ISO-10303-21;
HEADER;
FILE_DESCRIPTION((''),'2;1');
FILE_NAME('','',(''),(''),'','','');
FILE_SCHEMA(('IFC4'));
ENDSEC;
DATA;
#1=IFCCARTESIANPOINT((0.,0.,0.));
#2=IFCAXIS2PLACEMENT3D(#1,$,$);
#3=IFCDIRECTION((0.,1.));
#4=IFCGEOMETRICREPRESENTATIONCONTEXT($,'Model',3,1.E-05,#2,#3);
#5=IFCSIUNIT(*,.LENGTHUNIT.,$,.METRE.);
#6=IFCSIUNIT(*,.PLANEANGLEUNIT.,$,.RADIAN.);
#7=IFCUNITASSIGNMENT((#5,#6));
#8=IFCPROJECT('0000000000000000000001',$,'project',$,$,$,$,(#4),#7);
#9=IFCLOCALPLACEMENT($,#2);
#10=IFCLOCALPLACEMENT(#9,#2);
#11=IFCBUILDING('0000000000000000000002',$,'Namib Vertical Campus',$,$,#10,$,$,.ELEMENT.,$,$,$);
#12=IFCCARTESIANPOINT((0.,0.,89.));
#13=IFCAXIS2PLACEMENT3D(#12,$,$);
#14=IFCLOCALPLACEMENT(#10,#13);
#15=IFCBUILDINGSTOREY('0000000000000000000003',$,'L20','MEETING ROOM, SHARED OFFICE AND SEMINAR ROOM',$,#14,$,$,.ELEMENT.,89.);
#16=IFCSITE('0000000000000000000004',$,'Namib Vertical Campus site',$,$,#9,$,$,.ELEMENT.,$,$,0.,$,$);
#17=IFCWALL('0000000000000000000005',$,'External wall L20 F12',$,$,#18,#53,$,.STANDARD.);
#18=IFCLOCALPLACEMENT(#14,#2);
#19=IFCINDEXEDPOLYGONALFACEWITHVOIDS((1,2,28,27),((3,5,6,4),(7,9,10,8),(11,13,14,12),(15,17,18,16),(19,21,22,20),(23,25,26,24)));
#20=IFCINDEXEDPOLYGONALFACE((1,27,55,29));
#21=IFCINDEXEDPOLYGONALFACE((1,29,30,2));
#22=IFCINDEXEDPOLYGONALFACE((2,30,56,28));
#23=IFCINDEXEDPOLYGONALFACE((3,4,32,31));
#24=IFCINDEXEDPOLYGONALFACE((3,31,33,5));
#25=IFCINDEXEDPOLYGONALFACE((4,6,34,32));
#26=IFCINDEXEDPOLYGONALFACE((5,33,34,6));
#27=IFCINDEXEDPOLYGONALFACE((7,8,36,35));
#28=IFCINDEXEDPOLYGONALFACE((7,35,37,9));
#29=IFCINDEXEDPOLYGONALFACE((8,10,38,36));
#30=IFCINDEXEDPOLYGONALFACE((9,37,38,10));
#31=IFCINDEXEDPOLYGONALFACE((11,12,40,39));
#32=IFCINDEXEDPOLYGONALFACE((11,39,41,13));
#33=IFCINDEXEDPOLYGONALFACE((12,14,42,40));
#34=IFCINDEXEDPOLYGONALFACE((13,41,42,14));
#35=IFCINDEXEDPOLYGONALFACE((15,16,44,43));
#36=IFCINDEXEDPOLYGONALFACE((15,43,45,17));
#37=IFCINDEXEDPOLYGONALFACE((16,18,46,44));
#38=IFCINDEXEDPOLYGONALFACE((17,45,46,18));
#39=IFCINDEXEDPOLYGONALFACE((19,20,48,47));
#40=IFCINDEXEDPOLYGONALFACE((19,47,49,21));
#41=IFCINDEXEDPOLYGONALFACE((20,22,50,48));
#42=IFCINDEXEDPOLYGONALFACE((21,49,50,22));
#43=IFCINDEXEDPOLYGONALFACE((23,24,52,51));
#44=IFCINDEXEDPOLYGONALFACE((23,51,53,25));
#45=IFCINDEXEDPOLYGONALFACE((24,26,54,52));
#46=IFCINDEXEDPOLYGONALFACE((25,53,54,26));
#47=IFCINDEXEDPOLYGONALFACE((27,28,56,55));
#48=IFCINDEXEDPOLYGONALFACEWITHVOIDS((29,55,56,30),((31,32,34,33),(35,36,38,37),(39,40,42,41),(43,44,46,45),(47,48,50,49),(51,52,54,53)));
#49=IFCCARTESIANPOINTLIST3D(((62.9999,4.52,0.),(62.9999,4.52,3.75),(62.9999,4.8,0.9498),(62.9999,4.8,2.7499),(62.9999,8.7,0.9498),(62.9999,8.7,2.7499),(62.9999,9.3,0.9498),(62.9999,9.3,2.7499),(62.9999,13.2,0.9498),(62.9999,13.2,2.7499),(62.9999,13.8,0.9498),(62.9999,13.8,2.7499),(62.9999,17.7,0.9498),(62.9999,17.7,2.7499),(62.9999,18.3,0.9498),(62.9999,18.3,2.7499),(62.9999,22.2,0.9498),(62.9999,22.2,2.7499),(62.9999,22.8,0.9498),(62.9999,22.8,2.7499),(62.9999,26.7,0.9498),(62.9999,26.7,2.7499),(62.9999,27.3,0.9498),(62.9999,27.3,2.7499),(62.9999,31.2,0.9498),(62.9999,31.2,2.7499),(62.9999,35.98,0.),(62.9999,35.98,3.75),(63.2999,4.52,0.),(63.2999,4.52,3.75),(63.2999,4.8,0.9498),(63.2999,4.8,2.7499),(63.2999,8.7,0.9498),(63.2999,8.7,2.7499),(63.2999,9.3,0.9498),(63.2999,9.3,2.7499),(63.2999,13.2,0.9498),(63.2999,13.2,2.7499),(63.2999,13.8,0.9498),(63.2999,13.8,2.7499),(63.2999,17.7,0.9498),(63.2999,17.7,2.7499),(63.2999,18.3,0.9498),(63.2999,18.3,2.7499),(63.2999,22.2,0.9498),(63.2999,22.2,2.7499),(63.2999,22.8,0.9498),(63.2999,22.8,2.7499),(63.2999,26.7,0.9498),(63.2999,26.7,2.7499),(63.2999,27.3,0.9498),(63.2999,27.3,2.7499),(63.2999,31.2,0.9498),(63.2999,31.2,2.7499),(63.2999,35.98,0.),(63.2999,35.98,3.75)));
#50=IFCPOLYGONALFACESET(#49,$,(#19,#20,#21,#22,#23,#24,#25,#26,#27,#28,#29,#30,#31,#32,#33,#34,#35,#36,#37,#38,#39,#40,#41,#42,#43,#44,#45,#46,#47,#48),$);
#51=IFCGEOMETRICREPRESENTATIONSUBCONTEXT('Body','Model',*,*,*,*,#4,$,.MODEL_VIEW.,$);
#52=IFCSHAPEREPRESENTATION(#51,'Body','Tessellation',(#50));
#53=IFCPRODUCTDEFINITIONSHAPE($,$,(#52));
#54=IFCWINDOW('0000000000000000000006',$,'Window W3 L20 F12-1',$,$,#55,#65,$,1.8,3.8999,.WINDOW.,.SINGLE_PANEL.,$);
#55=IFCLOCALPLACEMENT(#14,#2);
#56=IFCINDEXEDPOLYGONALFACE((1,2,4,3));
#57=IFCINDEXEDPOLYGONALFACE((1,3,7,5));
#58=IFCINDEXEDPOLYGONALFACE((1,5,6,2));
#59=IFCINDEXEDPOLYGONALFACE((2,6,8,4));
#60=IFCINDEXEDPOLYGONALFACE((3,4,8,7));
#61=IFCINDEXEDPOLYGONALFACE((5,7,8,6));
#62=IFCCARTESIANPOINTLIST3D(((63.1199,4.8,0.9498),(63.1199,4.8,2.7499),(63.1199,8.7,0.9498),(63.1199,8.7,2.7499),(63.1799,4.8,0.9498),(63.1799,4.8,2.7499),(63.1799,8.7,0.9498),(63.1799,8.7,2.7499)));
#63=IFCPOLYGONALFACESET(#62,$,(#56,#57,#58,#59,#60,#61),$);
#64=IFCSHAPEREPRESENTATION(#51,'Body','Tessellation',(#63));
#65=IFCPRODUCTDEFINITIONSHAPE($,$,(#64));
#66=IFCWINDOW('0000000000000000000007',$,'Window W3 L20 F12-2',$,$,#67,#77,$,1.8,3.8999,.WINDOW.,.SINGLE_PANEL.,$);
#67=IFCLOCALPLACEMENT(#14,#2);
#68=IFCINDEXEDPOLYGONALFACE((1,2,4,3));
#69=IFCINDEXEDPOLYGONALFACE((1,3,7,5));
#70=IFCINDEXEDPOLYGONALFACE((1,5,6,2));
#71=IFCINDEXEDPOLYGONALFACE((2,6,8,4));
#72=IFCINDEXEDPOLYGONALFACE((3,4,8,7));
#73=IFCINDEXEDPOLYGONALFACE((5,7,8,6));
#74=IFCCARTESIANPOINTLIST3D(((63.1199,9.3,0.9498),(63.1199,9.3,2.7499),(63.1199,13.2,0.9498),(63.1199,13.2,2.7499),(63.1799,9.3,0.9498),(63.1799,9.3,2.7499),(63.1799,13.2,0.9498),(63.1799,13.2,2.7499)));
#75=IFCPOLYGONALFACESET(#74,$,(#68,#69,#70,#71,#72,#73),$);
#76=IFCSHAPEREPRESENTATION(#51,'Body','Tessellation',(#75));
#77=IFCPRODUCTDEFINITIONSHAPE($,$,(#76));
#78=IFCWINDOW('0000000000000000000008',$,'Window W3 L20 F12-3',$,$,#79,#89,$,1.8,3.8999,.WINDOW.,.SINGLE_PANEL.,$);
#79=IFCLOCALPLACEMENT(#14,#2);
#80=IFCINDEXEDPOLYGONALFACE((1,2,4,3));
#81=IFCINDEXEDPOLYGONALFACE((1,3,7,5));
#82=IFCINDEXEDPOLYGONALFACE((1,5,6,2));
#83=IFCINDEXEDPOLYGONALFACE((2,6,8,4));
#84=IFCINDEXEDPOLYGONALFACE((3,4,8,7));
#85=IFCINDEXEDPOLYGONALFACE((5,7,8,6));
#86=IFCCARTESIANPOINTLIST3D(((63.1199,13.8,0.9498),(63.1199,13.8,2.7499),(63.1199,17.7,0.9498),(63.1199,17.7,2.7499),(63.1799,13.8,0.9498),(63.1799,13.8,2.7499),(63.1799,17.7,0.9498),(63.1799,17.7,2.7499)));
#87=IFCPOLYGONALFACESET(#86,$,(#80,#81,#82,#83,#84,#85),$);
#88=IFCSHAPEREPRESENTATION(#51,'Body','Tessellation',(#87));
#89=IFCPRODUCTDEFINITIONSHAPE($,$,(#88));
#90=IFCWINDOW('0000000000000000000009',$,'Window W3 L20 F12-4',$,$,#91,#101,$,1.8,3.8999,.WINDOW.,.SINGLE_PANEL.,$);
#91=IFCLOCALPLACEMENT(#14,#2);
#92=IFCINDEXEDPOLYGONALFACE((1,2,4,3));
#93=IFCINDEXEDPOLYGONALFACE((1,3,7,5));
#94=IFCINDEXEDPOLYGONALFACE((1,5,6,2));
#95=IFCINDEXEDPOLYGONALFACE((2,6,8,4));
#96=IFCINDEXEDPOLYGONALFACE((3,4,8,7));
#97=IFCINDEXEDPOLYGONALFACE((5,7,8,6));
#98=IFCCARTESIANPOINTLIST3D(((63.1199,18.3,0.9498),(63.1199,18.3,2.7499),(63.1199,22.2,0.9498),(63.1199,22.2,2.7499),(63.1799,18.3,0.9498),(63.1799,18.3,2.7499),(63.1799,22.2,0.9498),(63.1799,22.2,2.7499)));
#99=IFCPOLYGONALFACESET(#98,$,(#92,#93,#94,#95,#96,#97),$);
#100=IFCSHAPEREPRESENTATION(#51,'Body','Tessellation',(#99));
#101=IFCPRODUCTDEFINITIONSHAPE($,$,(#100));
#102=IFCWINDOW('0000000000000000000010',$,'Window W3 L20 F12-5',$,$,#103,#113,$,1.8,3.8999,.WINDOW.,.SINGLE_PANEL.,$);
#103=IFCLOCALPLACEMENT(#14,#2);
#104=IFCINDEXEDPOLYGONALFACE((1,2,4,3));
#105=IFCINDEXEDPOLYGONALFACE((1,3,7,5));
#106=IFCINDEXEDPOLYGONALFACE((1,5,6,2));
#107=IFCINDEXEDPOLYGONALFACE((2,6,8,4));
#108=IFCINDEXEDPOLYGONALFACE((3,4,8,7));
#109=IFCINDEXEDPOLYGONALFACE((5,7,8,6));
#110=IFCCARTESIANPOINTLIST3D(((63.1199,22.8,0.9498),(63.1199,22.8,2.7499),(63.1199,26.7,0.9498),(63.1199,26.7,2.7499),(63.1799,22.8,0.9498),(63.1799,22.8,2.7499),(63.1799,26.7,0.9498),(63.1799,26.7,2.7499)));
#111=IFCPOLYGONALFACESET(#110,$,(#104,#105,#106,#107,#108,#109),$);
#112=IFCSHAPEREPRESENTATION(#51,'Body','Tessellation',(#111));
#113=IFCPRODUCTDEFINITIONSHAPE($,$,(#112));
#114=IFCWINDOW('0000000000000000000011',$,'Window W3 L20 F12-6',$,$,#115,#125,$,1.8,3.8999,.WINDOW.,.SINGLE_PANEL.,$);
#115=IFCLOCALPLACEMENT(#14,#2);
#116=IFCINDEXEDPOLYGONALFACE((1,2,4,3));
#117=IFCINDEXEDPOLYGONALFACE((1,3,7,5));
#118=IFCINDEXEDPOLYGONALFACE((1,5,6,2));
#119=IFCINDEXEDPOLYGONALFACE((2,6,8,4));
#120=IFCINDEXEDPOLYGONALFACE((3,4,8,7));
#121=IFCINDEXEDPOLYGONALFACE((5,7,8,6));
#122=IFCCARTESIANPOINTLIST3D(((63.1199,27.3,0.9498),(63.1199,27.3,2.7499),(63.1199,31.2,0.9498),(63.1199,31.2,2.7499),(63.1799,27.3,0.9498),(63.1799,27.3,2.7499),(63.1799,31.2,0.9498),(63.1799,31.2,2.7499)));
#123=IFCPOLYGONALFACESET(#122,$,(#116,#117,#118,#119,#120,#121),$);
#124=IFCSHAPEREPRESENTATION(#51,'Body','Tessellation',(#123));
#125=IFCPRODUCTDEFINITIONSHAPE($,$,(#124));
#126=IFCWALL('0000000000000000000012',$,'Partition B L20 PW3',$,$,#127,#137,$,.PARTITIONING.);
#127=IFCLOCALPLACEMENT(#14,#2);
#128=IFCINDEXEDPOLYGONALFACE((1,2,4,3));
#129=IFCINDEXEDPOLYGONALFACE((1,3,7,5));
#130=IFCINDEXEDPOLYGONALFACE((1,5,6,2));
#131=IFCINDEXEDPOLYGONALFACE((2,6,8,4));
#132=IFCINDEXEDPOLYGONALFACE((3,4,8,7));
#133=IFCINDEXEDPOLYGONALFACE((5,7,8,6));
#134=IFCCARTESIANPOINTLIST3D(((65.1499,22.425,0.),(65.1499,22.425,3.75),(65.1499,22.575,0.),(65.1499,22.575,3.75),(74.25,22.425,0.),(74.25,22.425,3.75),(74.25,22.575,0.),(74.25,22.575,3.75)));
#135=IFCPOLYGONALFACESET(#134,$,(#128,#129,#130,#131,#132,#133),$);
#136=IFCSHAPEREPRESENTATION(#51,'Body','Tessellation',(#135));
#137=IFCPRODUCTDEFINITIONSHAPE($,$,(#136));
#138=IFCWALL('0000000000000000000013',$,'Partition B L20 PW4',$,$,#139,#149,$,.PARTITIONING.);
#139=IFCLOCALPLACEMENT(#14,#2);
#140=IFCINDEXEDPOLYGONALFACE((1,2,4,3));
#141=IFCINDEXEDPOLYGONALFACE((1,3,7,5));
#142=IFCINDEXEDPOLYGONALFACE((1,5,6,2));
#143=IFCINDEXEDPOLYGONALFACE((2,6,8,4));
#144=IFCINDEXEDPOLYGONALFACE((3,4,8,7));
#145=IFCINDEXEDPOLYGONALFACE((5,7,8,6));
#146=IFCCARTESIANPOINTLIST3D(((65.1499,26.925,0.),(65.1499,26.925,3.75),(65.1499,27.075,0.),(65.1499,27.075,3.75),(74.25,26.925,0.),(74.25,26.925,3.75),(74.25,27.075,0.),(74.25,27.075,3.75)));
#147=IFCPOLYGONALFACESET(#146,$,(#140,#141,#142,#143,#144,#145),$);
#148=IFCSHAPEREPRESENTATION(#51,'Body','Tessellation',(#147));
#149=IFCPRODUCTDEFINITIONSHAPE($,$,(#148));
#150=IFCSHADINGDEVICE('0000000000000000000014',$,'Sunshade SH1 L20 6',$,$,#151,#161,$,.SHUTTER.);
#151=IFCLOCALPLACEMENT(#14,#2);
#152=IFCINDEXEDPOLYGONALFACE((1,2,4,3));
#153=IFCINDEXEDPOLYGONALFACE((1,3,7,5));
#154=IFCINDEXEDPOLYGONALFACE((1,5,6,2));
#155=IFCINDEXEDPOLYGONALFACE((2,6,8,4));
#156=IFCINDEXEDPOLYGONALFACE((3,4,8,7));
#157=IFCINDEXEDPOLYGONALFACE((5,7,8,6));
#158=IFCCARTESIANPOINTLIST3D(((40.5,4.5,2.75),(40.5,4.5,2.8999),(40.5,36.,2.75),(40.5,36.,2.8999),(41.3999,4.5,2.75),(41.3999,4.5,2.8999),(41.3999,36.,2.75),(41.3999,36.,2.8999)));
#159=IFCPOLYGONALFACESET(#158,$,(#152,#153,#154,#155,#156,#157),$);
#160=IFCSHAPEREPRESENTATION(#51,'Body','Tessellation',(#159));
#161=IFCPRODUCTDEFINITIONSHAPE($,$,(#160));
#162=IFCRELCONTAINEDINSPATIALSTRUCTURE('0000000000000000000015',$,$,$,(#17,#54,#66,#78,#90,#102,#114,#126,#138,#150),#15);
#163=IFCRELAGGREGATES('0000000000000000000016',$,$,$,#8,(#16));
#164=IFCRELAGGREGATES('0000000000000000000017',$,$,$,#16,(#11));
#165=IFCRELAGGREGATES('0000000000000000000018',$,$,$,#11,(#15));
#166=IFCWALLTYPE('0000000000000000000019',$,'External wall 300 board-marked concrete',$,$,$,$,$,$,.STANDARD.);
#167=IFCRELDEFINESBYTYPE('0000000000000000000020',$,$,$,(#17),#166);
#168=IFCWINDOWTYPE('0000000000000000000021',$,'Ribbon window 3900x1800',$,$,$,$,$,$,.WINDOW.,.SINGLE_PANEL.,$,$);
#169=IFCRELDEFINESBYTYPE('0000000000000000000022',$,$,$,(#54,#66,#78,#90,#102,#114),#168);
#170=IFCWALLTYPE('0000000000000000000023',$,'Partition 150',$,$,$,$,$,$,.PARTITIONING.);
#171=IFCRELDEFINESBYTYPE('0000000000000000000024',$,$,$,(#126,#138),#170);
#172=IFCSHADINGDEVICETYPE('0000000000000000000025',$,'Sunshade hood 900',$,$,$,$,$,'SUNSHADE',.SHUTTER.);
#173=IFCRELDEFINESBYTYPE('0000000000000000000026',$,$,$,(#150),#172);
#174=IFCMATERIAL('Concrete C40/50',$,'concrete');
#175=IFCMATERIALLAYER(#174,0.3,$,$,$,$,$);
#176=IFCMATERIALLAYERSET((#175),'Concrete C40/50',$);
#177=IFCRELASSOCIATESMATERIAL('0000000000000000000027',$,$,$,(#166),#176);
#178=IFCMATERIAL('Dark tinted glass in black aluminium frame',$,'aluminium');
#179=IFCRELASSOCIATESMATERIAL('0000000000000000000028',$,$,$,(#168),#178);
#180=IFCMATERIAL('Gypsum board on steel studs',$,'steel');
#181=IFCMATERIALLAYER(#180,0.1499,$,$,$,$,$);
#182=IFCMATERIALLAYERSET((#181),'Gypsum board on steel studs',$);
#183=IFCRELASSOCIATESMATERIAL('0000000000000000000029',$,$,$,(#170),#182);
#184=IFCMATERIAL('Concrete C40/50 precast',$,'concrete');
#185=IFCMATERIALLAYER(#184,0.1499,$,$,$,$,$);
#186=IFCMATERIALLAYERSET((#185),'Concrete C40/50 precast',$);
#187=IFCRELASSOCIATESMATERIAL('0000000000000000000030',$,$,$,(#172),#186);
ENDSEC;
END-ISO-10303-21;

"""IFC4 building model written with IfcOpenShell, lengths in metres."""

from ifc_helpers import new_model, si_unit, direction, frame, frame_2d, origin, origin_2d, place, context, subcontext, project, spatial, rectangle, extrude, material, layer, layer_set, type_object, element, fill, save


model = new_model("IFC4")

# Units and contexts
model_context = context("Model", 3, precision=1e-05, world=origin(), true_north=direction((0.0, 1.0)))
body_context = subcontext(model_context, "Body", "Model", "MODEL_VIEW")
ifc_project = project(units=[si_unit("LENGTHUNIT", "METRE"), si_unit("PLANEANGLEUNIT", "RADIAN")], contexts=[model_context])

# Site, building, storey
site_placement = place(None, origin())
site = spatial("IfcSite", under=ifc_project, at=site_placement, Name="Namib Vertical Campus site", CompositionType="ELEMENT", RefElevation=0.0)
building_placement = place(site_placement, origin())
building = spatial("IfcBuilding", under=site, at=building_placement, Name="Namib Vertical Campus", CompositionType="ELEMENT")
storey_placement = place(building_placement, frame((0.0, 0.0, 89.0)))
storey = spatial("IfcBuildingStorey", under=building, at=storey_placement, Name="L20", Description="MEETING ROOM, SHARED OFFICE AND SEMINAR ROOM", CompositionType="ELEMENT", Elevation=89.0)

# Shared definitions
ifc_material_1 = material(Name="Concrete C40/50", Category="concrete")
ifc_layer_1 = layer(ifc_material_1, 0.3)
ifc_layer_set_1 = layer_set([ifc_layer_1], Name="Concrete C40/50")
wall_type_1 = type_object("IfcWallType", Name="External wall 300 board-marked concrete", PredefinedType="STANDARD", material=ifc_layer_set_1)

# Wall, openings, windows
wall_1_placement = place(storey_placement, frame((63.1499, 35.98, 0.0), z_axis=(0.0, 0.0, 1.0), x_axis=(0.0, -1.0, 0.0)))
wall_1 = element("IfcWall", 1, at=wall_1_placement, inside=storey, type_object=wall_type_1, Name="External wall L20 F12", PredefinedType="STANDARD", context=body_context, shape_type="SweptSolid", body=[
    extrude(rectangle(XDim=31.46, YDim=0.3, at=frame_2d((15.73, 0.0))), origin(), (0.0, 0.0, 1.0), 3.75),
])
opening_1_placement = place(wall_1_placement, frame((27.28, 0.0, 0.95)))
opening_1 = element("IfcOpeningElement", 2, at=opening_1_placement, cuts=wall_1, PredefinedType="OPENING", context=body_context, shape_type="SweptSolid", body=[
    extrude(rectangle(XDim=3.8999, YDim=1.8, at=frame_2d((1.95, 0.8999))), frame((0.0, 0.1599, 0.0), z_axis=(0.0, -1.0, 0.0), x_axis=(1.0, 0.0, 0.0)), (0.0, 0.0, 1.0), 0.3201),
])
opening_2_placement = place(wall_1_placement, frame((22.78, 0.0, 0.95)))
opening_2 = element("IfcOpeningElement", 3, at=opening_2_placement, cuts=wall_1, PredefinedType="OPENING", context=body_context, shape_type="SweptSolid", body=[
    extrude(rectangle(XDim=3.8999, YDim=1.8, at=frame_2d((1.95, 0.8999))), frame((0.0, 0.1599, 0.0), z_axis=(0.0, -1.0, 0.0), x_axis=(1.0, 0.0, 0.0)), (0.0, 0.0, 1.0), 0.3201),
])
opening_3_placement = place(wall_1_placement, frame((18.28, 0.0, 0.95)))
opening_3 = element("IfcOpeningElement", 4, at=opening_3_placement, cuts=wall_1, PredefinedType="OPENING", context=body_context, shape_type="SweptSolid", body=[
    extrude(rectangle(XDim=3.8999, YDim=1.8, at=frame_2d((1.95, 0.8999))), frame((0.0, 0.1599, 0.0), z_axis=(0.0, -1.0, 0.0), x_axis=(1.0, 0.0, 0.0)), (0.0, 0.0, 1.0), 0.3201),
])
opening_4_placement = place(wall_1_placement, frame((13.78, 0.0, 0.95)))
opening_4 = element("IfcOpeningElement", 5, at=opening_4_placement, cuts=wall_1, PredefinedType="OPENING", context=body_context, shape_type="SweptSolid", body=[
    extrude(rectangle(XDim=3.8999, YDim=1.8, at=frame_2d((1.95, 0.8999))), frame((0.0, 0.1599, 0.0), z_axis=(0.0, -1.0, 0.0), x_axis=(1.0, 0.0, 0.0)), (0.0, 0.0, 1.0), 0.3201),
])
opening_5_placement = place(wall_1_placement, frame((9.28, 0.0, 0.95)))
opening_5 = element("IfcOpeningElement", 6, at=opening_5_placement, cuts=wall_1, PredefinedType="OPENING", context=body_context, shape_type="SweptSolid", body=[
    extrude(rectangle(XDim=3.8999, YDim=1.8, at=frame_2d((1.95, 0.8999))), frame((0.0, 0.1599, 0.0), z_axis=(0.0, -1.0, 0.0), x_axis=(1.0, 0.0, 0.0)), (0.0, 0.0, 1.0), 0.3201),
])
opening_6_placement = place(wall_1_placement, frame((4.78, 0.0, 0.95)))
opening_6 = element("IfcOpeningElement", 7, at=opening_6_placement, cuts=wall_1, PredefinedType="OPENING", context=body_context, shape_type="SweptSolid", body=[
    extrude(rectangle(XDim=3.8999, YDim=1.8, at=frame_2d((1.95, 0.8999))), frame((0.0, 0.1599, 0.0), z_axis=(0.0, -1.0, 0.0), x_axis=(1.0, 0.0, 0.0)), (0.0, 0.0, 1.0), 0.3201),
])
ifc_material_2 = material(Name="Dark tinted glass in black aluminium frame", Category="aluminium")
window_type = type_object("IfcWindowType", Name="Ribbon window 3900x1800", PartitioningType="SINGLE_PANEL", PredefinedType="WINDOW", material=ifc_material_2)
window_1_placement = place(opening_1_placement, origin())
window_1 = element("IfcWindow", 8, at=window_1_placement, inside=storey, type_object=window_type, Name="Window W3 L20 F12-1", OverallHeight=1.8, OverallWidth=3.8999, PartitioningType="SINGLE_PANEL", PredefinedType="WINDOW", context=body_context, shape_type="SweptSolid", body=[
    extrude(rectangle(XDim=3.8999, YDim=1.8, at=frame_2d((1.95, 0.8999))), frame((0.0, 0.03, 0.0), z_axis=(0.0, -1.0, 0.0), x_axis=(1.0, 0.0, 0.0)), (0.0, 0.0, 1.0), 0.0601),
])
fill(opening_1, window_1)
window_2_placement = place(opening_2_placement, origin())
window_2 = element("IfcWindow", 9, at=window_2_placement, inside=storey, type_object=window_type, Name="Window W3 L20 F12-2", OverallHeight=1.8, OverallWidth=3.8999, PartitioningType="SINGLE_PANEL", PredefinedType="WINDOW", context=body_context, shape_type="SweptSolid", body=[
    extrude(rectangle(XDim=3.8999, YDim=1.8, at=frame_2d((1.95, 0.8999))), frame((0.0, 0.03, 0.0), z_axis=(0.0, -1.0, 0.0), x_axis=(1.0, 0.0, 0.0)), (0.0, 0.0, 1.0), 0.0601),
])
fill(opening_2, window_2)
window_3_placement = place(opening_3_placement, origin())
window_3 = element("IfcWindow", 10, at=window_3_placement, inside=storey, type_object=window_type, Name="Window W3 L20 F12-3", OverallHeight=1.8, OverallWidth=3.8999, PartitioningType="SINGLE_PANEL", PredefinedType="WINDOW", context=body_context, shape_type="SweptSolid", body=[
    extrude(rectangle(XDim=3.8999, YDim=1.8, at=frame_2d((1.95, 0.8999))), frame((0.0, 0.03, 0.0), z_axis=(0.0, -1.0, 0.0), x_axis=(1.0, 0.0, 0.0)), (0.0, 0.0, 1.0), 0.0601),
])
fill(opening_3, window_3)
window_4_placement = place(opening_4_placement, origin())
window_4 = element("IfcWindow", 11, at=window_4_placement, inside=storey, type_object=window_type, Name="Window W3 L20 F12-4", OverallHeight=1.8, OverallWidth=3.8999, PartitioningType="SINGLE_PANEL", PredefinedType="WINDOW", context=body_context, shape_type="SweptSolid", body=[
    extrude(rectangle(XDim=3.8999, YDim=1.8, at=frame_2d((1.95, 0.8999))), frame((0.0, 0.03, 0.0), z_axis=(0.0, -1.0, 0.0), x_axis=(1.0, 0.0, 0.0)), (0.0, 0.0, 1.0), 0.0601),
])
fill(opening_4, window_4)
window_5_placement = place(opening_5_placement, origin())
window_5 = element("IfcWindow", 12, at=window_5_placement, inside=storey, type_object=window_type, Name="Window W3 L20 F12-5", OverallHeight=1.8, OverallWidth=3.8999, PartitioningType="SINGLE_PANEL", PredefinedType="WINDOW", context=body_context, shape_type="SweptSolid", body=[
    extrude(rectangle(XDim=3.8999, YDim=1.8, at=frame_2d((1.95, 0.8999))), frame((0.0, 0.03, 0.0), z_axis=(0.0, -1.0, 0.0), x_axis=(1.0, 0.0, 0.0)), (0.0, 0.0, 1.0), 0.0601),
])
fill(opening_5, window_5)
window_6_placement = place(opening_6_placement, origin())
window_6 = element("IfcWindow", 13, at=window_6_placement, inside=storey, type_object=window_type, Name="Window W3 L20 F12-6", OverallHeight=1.8, OverallWidth=3.8999, PartitioningType="SINGLE_PANEL", PredefinedType="WINDOW", context=body_context, shape_type="SweptSolid", body=[
    extrude(rectangle(XDim=3.8999, YDim=1.8, at=frame_2d((1.95, 0.8999))), frame((0.0, 0.03, 0.0), z_axis=(0.0, -1.0, 0.0), x_axis=(1.0, 0.0, 0.0)), (0.0, 0.0, 1.0), 0.0601),
])
fill(opening_6, window_6)

# Walls
ifc_material_3 = material(Name="Gypsum board on steel studs", Category="steel")
ifc_layer_2 = layer(ifc_material_3, 0.1499)
ifc_layer_set_2 = layer_set([ifc_layer_2], Name="Gypsum board on steel studs")
wall_type_2 = type_object("IfcWallType", Name="Partition 150", PredefinedType="PARTITIONING", material=ifc_layer_set_2)
for number, where, z_axis, x_axis, name in (
    (14, (65.1499, 22.5, 0.0), (0.0, 0.0, 1.0), (1.0, 0.0, 0.0), "Partition B L20 PW3"),
    (15, (65.1499, 27.0, 0.0), (0.0, 0.0, 1.0), (1.0, 0.0, 0.0), "Partition B L20 PW4"),
):
    element("IfcWall", number, at=place(storey_placement, frame(where, z_axis=z_axis, x_axis=x_axis)), inside=storey, type_object=wall_type_2, Name=name, PredefinedType="PARTITIONING", context=body_context, shape_type="SweptSolid", body=[
        extrude(rectangle(XDim=9.1001, YDim=0.1499, at=frame_2d((4.55, 0.0))), origin(), (0.0, 0.0, 1.0), 3.75),
    ])

# Shading device
ifc_material_4 = material(Name="Concrete C40/50 precast", Category="concrete")
ifc_layer_3 = layer(ifc_material_4, 0.1499)
ifc_layer_set_3 = layer_set([ifc_layer_3], Name="Concrete C40/50 precast")
shading_device_type = type_object("IfcShadingDeviceType", Name="Sunshade hood 900", ElementType="SUNSHADE", PredefinedType="SHUTTER", material=ifc_layer_set_3)
shading_device_1_placement = place(storey_placement, frame((40.95, 20.25, 2.75), z_axis=(0.0, 0.0, 1.0), x_axis=(0.0, 1.0, 0.0)))
element("IfcShadingDevice", 16, at=shading_device_1_placement, inside=storey, type_object=shading_device_type, Name="Sunshade SH1 L20 6", PredefinedType="SHUTTER", context=body_context, shape_type="SweptSolid", body=[
    extrude(rectangle(XDim=31.5, YDim=0.8999, at=origin_2d()), origin(), (0.0, 0.0, 1.0), 0.1499),
])

save(model, "model.ifc")
